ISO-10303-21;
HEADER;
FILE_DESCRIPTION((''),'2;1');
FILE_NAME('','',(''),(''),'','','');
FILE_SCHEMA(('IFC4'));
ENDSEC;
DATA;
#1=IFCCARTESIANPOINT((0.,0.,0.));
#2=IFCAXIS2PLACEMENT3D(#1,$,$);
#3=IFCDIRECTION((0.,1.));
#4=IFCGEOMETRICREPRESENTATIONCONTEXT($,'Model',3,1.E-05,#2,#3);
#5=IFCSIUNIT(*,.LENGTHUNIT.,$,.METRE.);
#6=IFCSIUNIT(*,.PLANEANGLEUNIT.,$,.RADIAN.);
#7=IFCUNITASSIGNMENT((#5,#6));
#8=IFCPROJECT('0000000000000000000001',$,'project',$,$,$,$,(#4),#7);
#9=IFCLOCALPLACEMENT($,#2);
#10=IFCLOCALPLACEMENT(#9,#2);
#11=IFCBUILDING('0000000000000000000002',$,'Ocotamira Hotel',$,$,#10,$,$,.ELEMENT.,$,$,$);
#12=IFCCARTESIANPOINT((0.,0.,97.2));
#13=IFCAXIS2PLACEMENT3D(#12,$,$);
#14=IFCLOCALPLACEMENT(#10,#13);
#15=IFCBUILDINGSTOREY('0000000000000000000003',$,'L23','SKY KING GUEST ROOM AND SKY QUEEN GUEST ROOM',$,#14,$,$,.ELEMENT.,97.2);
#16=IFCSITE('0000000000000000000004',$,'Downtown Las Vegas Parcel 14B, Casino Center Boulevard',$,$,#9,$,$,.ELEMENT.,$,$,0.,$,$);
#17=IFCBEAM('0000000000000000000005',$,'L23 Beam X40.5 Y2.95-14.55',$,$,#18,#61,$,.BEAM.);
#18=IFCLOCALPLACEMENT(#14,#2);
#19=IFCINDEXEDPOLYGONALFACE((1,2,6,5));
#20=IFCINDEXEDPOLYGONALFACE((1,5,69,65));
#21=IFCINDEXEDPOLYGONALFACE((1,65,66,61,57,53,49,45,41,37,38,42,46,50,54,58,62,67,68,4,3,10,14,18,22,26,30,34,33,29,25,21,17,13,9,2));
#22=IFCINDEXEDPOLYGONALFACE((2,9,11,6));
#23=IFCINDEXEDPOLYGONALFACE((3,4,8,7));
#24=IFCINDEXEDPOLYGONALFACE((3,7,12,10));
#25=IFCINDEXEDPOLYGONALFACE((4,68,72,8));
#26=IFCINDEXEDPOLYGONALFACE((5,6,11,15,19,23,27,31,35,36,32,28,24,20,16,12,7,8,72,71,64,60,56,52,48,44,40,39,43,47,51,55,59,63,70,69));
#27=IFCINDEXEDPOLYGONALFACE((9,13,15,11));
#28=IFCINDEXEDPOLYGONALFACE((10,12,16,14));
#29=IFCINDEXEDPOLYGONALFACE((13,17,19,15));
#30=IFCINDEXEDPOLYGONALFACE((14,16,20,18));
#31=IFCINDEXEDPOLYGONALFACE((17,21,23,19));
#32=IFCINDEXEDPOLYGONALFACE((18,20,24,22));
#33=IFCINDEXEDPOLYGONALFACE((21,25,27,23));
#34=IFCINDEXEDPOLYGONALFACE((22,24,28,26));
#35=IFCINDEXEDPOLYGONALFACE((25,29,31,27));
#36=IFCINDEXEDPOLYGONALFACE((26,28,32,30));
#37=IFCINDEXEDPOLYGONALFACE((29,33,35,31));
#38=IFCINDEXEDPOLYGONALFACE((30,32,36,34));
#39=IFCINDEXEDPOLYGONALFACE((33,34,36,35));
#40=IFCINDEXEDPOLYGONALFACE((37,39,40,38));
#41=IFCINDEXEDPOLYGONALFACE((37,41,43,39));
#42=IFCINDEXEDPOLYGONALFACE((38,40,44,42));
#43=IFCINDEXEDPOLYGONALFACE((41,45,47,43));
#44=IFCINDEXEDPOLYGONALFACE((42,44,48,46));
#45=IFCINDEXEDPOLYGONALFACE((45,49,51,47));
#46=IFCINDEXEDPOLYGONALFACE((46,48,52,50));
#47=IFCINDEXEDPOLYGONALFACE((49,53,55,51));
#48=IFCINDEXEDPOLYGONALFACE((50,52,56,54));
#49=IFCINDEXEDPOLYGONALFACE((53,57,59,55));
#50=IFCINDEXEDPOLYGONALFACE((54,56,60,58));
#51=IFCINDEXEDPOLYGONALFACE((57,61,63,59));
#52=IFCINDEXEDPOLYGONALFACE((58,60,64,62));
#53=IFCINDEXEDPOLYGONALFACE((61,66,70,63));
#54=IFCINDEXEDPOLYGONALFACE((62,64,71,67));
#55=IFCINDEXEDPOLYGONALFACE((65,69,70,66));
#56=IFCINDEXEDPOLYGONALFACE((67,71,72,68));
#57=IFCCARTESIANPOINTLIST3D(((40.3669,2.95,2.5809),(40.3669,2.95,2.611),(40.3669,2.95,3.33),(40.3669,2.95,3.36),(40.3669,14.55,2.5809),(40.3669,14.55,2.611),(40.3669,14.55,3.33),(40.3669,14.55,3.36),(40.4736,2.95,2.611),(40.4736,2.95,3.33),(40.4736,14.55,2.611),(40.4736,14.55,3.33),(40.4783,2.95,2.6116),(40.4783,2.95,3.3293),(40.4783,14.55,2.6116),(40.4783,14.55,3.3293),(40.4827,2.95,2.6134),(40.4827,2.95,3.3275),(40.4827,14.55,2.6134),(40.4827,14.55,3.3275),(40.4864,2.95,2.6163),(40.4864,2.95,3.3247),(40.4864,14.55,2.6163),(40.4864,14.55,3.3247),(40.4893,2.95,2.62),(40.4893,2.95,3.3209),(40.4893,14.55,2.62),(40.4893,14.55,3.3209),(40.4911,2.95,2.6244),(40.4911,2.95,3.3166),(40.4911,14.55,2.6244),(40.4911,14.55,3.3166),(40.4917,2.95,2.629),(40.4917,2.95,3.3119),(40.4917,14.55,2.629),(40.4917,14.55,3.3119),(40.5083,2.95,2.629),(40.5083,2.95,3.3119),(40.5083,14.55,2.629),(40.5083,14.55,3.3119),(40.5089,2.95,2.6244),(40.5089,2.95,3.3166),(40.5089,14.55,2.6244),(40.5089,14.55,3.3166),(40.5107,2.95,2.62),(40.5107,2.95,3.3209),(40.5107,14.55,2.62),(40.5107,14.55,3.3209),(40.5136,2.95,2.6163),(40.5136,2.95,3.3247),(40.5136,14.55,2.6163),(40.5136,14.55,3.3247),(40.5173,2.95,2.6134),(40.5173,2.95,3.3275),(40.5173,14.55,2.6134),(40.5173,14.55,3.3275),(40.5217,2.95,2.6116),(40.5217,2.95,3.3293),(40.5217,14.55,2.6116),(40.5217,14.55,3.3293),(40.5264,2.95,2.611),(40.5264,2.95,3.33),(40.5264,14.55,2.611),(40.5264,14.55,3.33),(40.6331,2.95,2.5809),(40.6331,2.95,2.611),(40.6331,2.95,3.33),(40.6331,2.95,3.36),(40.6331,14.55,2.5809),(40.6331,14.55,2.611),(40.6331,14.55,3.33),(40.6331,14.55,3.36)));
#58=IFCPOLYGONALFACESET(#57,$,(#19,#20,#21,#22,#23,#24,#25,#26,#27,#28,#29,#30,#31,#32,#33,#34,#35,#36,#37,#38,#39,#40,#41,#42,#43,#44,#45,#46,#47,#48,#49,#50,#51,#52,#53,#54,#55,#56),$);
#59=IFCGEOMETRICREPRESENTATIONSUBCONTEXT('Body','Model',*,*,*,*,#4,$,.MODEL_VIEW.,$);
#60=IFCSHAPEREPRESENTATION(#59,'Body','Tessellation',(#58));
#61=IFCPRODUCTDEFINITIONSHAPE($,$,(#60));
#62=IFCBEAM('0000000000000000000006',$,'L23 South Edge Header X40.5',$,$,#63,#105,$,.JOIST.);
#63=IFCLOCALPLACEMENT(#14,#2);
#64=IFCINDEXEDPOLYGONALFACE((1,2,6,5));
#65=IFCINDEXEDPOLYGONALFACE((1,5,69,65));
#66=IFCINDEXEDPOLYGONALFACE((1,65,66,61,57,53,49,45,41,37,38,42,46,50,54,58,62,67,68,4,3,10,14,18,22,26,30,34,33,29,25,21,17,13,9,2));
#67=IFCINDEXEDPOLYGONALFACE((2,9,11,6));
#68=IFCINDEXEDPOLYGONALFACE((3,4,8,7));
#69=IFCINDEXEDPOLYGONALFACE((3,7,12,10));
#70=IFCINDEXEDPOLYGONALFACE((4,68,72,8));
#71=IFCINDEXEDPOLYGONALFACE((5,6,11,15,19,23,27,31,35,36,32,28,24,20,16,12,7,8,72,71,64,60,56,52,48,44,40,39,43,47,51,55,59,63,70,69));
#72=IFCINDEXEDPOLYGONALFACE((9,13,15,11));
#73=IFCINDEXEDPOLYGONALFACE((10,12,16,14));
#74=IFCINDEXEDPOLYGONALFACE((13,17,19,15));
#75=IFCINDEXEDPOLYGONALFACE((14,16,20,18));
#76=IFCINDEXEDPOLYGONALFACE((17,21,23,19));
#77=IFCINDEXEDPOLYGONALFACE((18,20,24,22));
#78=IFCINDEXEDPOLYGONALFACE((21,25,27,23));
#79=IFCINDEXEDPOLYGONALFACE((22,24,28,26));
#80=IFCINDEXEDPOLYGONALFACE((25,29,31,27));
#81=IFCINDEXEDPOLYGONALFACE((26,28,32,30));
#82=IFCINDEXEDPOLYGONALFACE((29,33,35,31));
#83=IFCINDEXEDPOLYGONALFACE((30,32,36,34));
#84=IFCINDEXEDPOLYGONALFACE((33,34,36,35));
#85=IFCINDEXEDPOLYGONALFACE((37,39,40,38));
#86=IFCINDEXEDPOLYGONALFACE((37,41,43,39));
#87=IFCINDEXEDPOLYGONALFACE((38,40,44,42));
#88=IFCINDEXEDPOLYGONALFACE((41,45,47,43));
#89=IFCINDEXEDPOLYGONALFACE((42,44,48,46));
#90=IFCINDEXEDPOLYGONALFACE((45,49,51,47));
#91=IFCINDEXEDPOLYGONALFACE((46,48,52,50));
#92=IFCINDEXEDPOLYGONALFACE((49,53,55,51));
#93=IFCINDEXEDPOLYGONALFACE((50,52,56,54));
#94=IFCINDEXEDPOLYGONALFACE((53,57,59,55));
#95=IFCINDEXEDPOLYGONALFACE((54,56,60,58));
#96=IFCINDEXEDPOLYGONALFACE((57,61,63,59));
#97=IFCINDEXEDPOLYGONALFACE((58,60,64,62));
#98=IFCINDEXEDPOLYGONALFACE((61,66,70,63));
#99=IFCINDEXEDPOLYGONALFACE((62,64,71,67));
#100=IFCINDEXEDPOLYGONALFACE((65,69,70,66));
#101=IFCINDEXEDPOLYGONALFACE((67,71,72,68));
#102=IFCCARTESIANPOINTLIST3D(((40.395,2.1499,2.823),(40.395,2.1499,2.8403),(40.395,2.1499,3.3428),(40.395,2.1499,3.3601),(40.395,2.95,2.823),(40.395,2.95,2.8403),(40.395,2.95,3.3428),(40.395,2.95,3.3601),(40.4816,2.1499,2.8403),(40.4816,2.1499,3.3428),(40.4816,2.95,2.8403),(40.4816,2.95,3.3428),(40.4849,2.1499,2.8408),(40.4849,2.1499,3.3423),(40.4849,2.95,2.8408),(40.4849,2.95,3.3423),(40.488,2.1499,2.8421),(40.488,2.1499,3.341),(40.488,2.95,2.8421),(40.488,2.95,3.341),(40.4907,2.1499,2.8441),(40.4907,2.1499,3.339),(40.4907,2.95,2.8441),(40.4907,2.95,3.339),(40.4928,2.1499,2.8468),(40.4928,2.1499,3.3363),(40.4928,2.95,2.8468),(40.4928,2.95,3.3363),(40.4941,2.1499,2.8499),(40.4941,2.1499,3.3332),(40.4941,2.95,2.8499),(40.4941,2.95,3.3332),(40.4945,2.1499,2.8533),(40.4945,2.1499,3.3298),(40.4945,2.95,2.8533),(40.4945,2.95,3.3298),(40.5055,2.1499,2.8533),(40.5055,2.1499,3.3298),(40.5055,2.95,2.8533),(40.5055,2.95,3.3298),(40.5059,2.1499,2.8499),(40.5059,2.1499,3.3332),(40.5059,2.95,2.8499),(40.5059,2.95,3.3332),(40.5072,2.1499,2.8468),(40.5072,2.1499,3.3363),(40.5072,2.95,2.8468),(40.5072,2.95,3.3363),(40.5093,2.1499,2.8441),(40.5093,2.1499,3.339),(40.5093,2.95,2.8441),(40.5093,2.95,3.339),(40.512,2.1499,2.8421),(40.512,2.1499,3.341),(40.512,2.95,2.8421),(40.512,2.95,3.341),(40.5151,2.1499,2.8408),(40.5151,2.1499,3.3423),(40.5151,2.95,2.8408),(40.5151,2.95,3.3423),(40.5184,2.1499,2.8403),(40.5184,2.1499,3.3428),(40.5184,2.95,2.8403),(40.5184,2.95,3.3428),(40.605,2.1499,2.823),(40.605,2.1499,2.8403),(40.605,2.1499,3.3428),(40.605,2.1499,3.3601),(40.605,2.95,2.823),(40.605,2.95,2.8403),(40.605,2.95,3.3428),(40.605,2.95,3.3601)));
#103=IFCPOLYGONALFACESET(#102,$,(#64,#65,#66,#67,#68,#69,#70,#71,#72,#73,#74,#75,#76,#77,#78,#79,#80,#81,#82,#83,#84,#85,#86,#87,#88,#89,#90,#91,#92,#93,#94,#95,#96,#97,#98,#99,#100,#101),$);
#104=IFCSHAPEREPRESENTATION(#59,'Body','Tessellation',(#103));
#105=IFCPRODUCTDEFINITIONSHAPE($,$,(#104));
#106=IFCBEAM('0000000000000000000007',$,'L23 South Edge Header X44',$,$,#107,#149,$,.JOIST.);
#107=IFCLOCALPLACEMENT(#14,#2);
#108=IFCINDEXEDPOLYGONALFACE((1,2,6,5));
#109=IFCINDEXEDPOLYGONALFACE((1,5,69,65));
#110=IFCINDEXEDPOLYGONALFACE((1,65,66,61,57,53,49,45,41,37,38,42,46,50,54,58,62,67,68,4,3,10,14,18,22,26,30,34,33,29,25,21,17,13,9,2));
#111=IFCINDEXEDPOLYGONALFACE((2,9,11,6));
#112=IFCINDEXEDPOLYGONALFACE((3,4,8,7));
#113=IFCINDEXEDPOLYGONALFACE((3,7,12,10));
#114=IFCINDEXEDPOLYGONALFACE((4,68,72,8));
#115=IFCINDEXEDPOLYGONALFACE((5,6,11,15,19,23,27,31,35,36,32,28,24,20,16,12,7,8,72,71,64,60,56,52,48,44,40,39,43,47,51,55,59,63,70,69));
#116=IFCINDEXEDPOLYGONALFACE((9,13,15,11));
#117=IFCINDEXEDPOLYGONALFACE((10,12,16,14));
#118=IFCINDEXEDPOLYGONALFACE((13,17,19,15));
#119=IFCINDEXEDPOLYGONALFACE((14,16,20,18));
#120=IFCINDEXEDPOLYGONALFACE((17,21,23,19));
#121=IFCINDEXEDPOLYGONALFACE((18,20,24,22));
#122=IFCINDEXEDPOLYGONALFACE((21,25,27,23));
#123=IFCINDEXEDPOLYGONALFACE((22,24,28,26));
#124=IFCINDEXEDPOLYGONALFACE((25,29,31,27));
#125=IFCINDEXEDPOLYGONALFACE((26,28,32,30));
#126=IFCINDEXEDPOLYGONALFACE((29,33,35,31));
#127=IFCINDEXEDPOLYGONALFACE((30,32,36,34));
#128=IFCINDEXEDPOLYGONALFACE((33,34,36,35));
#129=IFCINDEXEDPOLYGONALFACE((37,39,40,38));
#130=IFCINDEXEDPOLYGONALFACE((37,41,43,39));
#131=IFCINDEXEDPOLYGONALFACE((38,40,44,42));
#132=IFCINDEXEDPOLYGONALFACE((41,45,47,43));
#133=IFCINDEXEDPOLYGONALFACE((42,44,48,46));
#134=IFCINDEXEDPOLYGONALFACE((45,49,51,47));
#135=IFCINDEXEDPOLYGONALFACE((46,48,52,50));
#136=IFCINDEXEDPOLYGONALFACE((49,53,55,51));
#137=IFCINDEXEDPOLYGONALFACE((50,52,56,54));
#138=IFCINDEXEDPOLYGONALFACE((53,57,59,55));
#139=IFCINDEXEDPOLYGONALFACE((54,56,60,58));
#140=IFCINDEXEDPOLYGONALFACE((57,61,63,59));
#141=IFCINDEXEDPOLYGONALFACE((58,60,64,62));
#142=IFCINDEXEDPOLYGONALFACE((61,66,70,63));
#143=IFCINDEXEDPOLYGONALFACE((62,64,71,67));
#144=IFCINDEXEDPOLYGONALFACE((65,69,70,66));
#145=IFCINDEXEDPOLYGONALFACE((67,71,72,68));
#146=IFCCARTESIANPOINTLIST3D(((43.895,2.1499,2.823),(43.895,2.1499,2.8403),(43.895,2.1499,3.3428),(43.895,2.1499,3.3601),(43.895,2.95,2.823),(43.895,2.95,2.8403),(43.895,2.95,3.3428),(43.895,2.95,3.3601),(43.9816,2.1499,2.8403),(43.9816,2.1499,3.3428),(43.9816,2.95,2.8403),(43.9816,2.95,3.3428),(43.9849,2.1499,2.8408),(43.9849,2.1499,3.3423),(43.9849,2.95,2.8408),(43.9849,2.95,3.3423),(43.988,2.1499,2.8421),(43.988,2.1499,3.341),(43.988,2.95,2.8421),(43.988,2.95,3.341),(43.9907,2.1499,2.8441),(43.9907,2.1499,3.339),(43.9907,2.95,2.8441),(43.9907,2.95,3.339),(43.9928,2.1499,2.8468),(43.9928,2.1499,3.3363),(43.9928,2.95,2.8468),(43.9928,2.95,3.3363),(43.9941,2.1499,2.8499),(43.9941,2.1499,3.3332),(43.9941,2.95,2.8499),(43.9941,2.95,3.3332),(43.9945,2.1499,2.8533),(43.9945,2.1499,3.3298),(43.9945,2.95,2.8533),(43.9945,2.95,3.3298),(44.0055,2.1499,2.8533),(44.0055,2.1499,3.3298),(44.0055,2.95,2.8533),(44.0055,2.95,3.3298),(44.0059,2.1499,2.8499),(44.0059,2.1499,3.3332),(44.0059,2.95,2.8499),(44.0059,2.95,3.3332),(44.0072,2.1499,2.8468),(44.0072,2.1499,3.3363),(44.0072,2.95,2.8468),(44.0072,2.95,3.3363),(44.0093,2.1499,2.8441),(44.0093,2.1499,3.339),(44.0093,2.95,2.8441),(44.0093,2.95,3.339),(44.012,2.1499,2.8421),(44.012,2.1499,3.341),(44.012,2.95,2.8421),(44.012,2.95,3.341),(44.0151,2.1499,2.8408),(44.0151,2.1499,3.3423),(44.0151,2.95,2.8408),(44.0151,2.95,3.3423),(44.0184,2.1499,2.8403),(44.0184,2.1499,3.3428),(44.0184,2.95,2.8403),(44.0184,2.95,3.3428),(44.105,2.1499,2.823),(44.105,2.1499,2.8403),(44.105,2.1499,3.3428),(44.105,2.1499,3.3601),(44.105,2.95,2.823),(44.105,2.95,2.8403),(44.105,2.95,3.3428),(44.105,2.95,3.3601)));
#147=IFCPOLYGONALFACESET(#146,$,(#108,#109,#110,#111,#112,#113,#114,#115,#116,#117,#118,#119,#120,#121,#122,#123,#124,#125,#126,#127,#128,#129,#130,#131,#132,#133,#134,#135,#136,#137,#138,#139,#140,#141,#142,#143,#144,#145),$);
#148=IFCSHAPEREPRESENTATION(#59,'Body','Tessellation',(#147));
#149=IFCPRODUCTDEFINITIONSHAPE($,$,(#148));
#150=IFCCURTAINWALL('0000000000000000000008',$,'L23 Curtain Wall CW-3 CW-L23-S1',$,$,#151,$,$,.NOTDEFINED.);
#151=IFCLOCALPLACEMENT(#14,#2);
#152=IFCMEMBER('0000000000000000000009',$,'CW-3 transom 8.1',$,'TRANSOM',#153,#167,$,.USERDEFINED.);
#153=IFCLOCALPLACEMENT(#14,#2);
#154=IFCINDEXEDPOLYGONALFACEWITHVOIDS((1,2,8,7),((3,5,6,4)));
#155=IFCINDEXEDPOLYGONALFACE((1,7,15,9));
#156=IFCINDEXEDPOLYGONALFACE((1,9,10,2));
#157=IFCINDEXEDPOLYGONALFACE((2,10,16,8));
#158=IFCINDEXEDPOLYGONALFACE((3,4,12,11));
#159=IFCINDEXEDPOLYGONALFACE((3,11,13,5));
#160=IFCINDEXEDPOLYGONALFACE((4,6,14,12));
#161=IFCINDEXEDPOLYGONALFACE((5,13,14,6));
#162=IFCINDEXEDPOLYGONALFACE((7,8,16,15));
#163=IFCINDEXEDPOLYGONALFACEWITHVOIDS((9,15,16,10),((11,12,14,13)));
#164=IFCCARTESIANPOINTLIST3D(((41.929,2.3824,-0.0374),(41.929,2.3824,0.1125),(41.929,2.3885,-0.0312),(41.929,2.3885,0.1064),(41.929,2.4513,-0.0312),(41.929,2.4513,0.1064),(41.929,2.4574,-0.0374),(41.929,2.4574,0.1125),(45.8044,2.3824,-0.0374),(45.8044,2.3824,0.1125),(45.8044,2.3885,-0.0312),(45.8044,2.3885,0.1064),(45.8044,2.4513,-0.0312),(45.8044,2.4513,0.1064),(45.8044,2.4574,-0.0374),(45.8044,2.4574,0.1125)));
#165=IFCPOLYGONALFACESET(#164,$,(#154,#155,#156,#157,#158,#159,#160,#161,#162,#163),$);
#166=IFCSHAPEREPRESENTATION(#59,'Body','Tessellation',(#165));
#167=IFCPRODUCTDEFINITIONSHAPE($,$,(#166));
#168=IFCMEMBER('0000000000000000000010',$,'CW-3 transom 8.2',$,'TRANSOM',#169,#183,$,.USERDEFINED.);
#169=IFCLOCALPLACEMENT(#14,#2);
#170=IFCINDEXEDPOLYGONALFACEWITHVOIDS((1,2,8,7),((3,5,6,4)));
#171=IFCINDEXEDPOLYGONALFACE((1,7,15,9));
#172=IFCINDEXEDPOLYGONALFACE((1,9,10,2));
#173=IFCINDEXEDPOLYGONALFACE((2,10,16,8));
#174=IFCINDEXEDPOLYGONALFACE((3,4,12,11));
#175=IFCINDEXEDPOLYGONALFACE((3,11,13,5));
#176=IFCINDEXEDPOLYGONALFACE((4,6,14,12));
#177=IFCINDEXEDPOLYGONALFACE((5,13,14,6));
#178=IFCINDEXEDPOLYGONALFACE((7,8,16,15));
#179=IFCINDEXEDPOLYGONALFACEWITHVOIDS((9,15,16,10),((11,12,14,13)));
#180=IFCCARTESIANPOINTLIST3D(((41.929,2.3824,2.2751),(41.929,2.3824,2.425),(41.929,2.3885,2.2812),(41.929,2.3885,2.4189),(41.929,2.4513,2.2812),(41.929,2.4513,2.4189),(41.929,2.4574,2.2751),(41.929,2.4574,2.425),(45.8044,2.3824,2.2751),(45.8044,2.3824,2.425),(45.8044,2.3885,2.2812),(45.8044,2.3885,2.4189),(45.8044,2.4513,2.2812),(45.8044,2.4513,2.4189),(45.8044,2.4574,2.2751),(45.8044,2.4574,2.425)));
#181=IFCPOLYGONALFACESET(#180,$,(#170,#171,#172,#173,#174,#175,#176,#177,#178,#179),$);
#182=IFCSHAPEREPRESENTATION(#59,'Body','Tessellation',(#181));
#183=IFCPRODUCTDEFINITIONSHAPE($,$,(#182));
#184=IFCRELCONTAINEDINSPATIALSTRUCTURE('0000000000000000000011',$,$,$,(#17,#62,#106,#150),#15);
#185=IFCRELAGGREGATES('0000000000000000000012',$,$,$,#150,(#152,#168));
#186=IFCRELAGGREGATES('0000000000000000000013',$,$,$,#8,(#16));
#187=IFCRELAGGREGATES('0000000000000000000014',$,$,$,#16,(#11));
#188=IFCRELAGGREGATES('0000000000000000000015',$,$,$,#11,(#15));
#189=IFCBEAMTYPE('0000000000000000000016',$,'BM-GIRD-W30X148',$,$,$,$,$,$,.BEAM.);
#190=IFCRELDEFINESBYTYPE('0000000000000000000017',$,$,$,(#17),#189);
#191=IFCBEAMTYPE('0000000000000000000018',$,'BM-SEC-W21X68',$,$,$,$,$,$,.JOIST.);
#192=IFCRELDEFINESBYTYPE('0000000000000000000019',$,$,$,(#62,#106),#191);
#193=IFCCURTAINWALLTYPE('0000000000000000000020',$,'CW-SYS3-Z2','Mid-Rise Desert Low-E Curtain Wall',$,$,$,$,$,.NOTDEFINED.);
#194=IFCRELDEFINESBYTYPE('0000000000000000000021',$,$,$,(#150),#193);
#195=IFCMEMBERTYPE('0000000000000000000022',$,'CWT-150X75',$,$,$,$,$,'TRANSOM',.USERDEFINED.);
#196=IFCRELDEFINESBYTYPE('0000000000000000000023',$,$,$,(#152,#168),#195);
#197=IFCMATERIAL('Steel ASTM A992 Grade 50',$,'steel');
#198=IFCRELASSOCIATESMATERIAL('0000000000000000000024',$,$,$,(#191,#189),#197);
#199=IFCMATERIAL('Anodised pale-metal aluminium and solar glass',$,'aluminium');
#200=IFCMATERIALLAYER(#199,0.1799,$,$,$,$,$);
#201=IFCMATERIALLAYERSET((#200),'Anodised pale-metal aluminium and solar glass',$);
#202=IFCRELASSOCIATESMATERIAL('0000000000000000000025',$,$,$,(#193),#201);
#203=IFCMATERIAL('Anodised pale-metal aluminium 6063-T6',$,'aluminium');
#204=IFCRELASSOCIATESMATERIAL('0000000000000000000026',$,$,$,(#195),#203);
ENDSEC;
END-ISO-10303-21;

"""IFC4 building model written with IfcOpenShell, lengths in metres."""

from ifc_helpers import new_model, si_unit, direction, frame, origin, origin_2d, place, context, subcontext, project, spatial, hollow_rectangle, i_section, extrude, source, transform, mapped, material, layer, layer_set, material_profile, profile_set, type_object, element, aggregate, save


model = new_model("IFC4")

# Units and contexts
model_context = context("Model", 3, precision=1e-05, world=origin(), true_north=direction((0.0, 1.0)))
body_context = subcontext(model_context, "Body", "Model", "MODEL_VIEW")
ifc_project = project(units=[si_unit("LENGTHUNIT", "METRE"), si_unit("PLANEANGLEUNIT", "RADIAN")], contexts=[model_context])

# Site, building, storey
site_placement = place(None, origin())
site = spatial("IfcSite", under=ifc_project, at=site_placement, Name="Downtown Las Vegas Parcel 14B, Casino Center Boulevard", CompositionType="ELEMENT", RefElevation=0.0)
building_placement = place(site_placement, origin())
building = spatial("IfcBuilding", under=site, at=building_placement, Name="Ocotamira Hotel", CompositionType="ELEMENT")
storey_placement = place(building_placement, frame((0.0, 0.0, 97.2)))
storey = spatial("IfcBuildingStorey", under=building, at=storey_placement, Name="L23", Description="SKY KING GUEST ROOM AND SKY QUEEN GUEST ROOM", CompositionType="ELEMENT", Elevation=97.2)

# Beams
ifc_material_1 = material(Name="Steel ASTM A992 Grade 50", Category="steel")
ifc_material_profile_1 = material_profile(ifc_material_1, i_section(OverallWidth=0.21, OverallDepth=0.5371, WebThickness=0.011, FlangeThickness=0.0173, FilletRadius=0.0129, at=origin_2d()), Name="W21X68")
ifc_profile_set_1 = profile_set([ifc_material_profile_1], Name="Steel ASTM A992 Grade 50")
beam_type_1 = type_object("IfcBeamType", Name="BM-SEC-W21X68", PredefinedType="JOIST", material=ifc_profile_set_1)
ifc_material_profile_2 = material_profile(ifc_material_1, i_section(OverallWidth=0.2661, OverallDepth=0.7791, WebThickness=0.0166, FlangeThickness=0.03, FilletRadius=0.0181, at=origin_2d()), Name="W30X148")
ifc_profile_set_2 = profile_set([ifc_material_profile_2], Name="Steel ASTM A992 Grade 50")
beam_type_2 = type_object("IfcBeamType", Name="BM-GIRD-W30X148", PredefinedType="BEAM", material=ifc_profile_set_2)
shared_shape_1 = source(origin(), body_context, "Body", "SweptSolid", [
    extrude(i_section(OverallWidth=0.2661, OverallDepth=0.7791, WebThickness=0.0166, FlangeThickness=0.03, FilletRadius=0.0181, at=origin_2d()), origin(), (0.0, 0.0, 1.0), 11.6001),
])
beam_1_placement = place(storey_placement, frame((40.5, 2.95, 2.9705), z_axis=(0.0, 1.0, 0.0), x_axis=(-1.0, 0.0, 0.0)))
element("IfcBeam", 1, at=beam_1_placement, inside=storey, type_object=beam_type_2, Name="L23 Beam X40.5 Y2.95-14.55", PredefinedType="BEAM", context=body_context, shape_type="MappedRepresentation", body=[
    mapped(shared_shape_1, transform((0.0, 0.0, 0.0), scale=1.0)),
])
shared_shape_2 = source(origin(), body_context, "Body", "SweptSolid", [
    extrude(i_section(OverallWidth=0.21, OverallDepth=0.5371, WebThickness=0.011, FlangeThickness=0.0173, FilletRadius=0.0129, at=origin_2d()), origin(), (0.0, 0.0, 1.0), 0.8),
])
for number, where, z_axis, x_axis, name in (
    (2, (40.5, 2.95, 3.0916), (0.0, -1.0, 0.0), (1.0, 0.0, 0.0), "L23 South Edge Header X40.5"),
    (3, (44.0, 2.95, 3.0916), (0.0, -1.0, 0.0), (1.0, 0.0, 0.0), "L23 South Edge Header X44"),
):
    element("IfcBeam", number, at=place(storey_placement, frame(where, z_axis=z_axis, x_axis=x_axis)), inside=storey, type_object=beam_type_1, Name=name, PredefinedType="JOIST", context=body_context, shape_type="MappedRepresentation", body=[
        mapped(shared_shape_2, transform((0.0, 0.0, 0.0), scale=1.0)),
    ])

# Curtain wall, members
ifc_material_2 = material(Name="Anodised pale-metal aluminium and solar glass", Category="aluminium")
ifc_layer_1 = layer(ifc_material_2, 0.1799)
ifc_layer_set_1 = layer_set([ifc_layer_1], Name="Anodised pale-metal aluminium and solar glass")
curtain_wall_type = type_object("IfcCurtainWallType", Name="CW-SYS3-Z2", Description="Mid-Rise Desert Low-E Curtain Wall", PredefinedType="NOTDEFINED", material=ifc_layer_set_1)
curtain_wall_placement = place(storey_placement, origin())
curtain_wall = element("IfcCurtainWall", 4, at=curtain_wall_placement, inside=storey, type_object=curtain_wall_type, Name="L23 Curtain Wall CW-3 CW-L23-S1", PredefinedType="NOTDEFINED")
ifc_material_3 = material(Name="Anodised pale-metal aluminium 6063-T6", Category="aluminium")
ifc_material_profile_3 = material_profile(ifc_material_3, hollow_rectangle(XDim=0.075, YDim=0.1499, WallThickness=0.0061, at=origin_2d()), Name="HSS150X75X6")
ifc_profile_set_3 = profile_set([ifc_material_profile_3], Name="Anodised pale-metal aluminium 6063-T6")
member_type_1 = type_object("IfcMemberType", Name="CWT-150X75", ElementType="TRANSOM", PredefinedType="USERDEFINED", material=ifc_profile_set_3)
shared_shape_3 = source(origin(), body_context, "Body", "SweptSolid", [
    extrude(hollow_rectangle(XDim=0.075, YDim=0.1499, WallThickness=0.0061, at=origin_2d()), origin(), (0.0, 0.0, 1.0), 3.8755),
])
member_1_placement = place(storey_placement, frame((41.929, 2.4199, 0.0376), z_axis=(1.0, 0.0, 0.0), x_axis=(0.0, 1.0, 0.0)))
member_1 = element("IfcMember", 5, at=member_1_placement, type_object=member_type_1, Name="CW-3 transom 8.1", ObjectType="TRANSOM", PredefinedType="USERDEFINED", context=body_context, shape_type="MappedRepresentation", body=[
    mapped(shared_shape_3, transform((0.0, 0.0, 0.0), scale=1.0)),
])
member_2_placement = place(storey_placement, frame((41.929, 2.4199, 2.3501), z_axis=(1.0, 0.0, 0.0), x_axis=(0.0, 1.0, 0.0)))
member_2 = element("IfcMember", 6, at=member_2_placement, type_object=member_type_1, Name="CW-3 transom 8.2", ObjectType="TRANSOM", PredefinedType="USERDEFINED", context=body_context, shape_type="MappedRepresentation", body=[
    mapped(shared_shape_3, transform((0.0, 0.0, 0.0), scale=1.0)),
])
aggregate(curtain_wall, [member_1, member_2])

save(model, "model.ifc")
